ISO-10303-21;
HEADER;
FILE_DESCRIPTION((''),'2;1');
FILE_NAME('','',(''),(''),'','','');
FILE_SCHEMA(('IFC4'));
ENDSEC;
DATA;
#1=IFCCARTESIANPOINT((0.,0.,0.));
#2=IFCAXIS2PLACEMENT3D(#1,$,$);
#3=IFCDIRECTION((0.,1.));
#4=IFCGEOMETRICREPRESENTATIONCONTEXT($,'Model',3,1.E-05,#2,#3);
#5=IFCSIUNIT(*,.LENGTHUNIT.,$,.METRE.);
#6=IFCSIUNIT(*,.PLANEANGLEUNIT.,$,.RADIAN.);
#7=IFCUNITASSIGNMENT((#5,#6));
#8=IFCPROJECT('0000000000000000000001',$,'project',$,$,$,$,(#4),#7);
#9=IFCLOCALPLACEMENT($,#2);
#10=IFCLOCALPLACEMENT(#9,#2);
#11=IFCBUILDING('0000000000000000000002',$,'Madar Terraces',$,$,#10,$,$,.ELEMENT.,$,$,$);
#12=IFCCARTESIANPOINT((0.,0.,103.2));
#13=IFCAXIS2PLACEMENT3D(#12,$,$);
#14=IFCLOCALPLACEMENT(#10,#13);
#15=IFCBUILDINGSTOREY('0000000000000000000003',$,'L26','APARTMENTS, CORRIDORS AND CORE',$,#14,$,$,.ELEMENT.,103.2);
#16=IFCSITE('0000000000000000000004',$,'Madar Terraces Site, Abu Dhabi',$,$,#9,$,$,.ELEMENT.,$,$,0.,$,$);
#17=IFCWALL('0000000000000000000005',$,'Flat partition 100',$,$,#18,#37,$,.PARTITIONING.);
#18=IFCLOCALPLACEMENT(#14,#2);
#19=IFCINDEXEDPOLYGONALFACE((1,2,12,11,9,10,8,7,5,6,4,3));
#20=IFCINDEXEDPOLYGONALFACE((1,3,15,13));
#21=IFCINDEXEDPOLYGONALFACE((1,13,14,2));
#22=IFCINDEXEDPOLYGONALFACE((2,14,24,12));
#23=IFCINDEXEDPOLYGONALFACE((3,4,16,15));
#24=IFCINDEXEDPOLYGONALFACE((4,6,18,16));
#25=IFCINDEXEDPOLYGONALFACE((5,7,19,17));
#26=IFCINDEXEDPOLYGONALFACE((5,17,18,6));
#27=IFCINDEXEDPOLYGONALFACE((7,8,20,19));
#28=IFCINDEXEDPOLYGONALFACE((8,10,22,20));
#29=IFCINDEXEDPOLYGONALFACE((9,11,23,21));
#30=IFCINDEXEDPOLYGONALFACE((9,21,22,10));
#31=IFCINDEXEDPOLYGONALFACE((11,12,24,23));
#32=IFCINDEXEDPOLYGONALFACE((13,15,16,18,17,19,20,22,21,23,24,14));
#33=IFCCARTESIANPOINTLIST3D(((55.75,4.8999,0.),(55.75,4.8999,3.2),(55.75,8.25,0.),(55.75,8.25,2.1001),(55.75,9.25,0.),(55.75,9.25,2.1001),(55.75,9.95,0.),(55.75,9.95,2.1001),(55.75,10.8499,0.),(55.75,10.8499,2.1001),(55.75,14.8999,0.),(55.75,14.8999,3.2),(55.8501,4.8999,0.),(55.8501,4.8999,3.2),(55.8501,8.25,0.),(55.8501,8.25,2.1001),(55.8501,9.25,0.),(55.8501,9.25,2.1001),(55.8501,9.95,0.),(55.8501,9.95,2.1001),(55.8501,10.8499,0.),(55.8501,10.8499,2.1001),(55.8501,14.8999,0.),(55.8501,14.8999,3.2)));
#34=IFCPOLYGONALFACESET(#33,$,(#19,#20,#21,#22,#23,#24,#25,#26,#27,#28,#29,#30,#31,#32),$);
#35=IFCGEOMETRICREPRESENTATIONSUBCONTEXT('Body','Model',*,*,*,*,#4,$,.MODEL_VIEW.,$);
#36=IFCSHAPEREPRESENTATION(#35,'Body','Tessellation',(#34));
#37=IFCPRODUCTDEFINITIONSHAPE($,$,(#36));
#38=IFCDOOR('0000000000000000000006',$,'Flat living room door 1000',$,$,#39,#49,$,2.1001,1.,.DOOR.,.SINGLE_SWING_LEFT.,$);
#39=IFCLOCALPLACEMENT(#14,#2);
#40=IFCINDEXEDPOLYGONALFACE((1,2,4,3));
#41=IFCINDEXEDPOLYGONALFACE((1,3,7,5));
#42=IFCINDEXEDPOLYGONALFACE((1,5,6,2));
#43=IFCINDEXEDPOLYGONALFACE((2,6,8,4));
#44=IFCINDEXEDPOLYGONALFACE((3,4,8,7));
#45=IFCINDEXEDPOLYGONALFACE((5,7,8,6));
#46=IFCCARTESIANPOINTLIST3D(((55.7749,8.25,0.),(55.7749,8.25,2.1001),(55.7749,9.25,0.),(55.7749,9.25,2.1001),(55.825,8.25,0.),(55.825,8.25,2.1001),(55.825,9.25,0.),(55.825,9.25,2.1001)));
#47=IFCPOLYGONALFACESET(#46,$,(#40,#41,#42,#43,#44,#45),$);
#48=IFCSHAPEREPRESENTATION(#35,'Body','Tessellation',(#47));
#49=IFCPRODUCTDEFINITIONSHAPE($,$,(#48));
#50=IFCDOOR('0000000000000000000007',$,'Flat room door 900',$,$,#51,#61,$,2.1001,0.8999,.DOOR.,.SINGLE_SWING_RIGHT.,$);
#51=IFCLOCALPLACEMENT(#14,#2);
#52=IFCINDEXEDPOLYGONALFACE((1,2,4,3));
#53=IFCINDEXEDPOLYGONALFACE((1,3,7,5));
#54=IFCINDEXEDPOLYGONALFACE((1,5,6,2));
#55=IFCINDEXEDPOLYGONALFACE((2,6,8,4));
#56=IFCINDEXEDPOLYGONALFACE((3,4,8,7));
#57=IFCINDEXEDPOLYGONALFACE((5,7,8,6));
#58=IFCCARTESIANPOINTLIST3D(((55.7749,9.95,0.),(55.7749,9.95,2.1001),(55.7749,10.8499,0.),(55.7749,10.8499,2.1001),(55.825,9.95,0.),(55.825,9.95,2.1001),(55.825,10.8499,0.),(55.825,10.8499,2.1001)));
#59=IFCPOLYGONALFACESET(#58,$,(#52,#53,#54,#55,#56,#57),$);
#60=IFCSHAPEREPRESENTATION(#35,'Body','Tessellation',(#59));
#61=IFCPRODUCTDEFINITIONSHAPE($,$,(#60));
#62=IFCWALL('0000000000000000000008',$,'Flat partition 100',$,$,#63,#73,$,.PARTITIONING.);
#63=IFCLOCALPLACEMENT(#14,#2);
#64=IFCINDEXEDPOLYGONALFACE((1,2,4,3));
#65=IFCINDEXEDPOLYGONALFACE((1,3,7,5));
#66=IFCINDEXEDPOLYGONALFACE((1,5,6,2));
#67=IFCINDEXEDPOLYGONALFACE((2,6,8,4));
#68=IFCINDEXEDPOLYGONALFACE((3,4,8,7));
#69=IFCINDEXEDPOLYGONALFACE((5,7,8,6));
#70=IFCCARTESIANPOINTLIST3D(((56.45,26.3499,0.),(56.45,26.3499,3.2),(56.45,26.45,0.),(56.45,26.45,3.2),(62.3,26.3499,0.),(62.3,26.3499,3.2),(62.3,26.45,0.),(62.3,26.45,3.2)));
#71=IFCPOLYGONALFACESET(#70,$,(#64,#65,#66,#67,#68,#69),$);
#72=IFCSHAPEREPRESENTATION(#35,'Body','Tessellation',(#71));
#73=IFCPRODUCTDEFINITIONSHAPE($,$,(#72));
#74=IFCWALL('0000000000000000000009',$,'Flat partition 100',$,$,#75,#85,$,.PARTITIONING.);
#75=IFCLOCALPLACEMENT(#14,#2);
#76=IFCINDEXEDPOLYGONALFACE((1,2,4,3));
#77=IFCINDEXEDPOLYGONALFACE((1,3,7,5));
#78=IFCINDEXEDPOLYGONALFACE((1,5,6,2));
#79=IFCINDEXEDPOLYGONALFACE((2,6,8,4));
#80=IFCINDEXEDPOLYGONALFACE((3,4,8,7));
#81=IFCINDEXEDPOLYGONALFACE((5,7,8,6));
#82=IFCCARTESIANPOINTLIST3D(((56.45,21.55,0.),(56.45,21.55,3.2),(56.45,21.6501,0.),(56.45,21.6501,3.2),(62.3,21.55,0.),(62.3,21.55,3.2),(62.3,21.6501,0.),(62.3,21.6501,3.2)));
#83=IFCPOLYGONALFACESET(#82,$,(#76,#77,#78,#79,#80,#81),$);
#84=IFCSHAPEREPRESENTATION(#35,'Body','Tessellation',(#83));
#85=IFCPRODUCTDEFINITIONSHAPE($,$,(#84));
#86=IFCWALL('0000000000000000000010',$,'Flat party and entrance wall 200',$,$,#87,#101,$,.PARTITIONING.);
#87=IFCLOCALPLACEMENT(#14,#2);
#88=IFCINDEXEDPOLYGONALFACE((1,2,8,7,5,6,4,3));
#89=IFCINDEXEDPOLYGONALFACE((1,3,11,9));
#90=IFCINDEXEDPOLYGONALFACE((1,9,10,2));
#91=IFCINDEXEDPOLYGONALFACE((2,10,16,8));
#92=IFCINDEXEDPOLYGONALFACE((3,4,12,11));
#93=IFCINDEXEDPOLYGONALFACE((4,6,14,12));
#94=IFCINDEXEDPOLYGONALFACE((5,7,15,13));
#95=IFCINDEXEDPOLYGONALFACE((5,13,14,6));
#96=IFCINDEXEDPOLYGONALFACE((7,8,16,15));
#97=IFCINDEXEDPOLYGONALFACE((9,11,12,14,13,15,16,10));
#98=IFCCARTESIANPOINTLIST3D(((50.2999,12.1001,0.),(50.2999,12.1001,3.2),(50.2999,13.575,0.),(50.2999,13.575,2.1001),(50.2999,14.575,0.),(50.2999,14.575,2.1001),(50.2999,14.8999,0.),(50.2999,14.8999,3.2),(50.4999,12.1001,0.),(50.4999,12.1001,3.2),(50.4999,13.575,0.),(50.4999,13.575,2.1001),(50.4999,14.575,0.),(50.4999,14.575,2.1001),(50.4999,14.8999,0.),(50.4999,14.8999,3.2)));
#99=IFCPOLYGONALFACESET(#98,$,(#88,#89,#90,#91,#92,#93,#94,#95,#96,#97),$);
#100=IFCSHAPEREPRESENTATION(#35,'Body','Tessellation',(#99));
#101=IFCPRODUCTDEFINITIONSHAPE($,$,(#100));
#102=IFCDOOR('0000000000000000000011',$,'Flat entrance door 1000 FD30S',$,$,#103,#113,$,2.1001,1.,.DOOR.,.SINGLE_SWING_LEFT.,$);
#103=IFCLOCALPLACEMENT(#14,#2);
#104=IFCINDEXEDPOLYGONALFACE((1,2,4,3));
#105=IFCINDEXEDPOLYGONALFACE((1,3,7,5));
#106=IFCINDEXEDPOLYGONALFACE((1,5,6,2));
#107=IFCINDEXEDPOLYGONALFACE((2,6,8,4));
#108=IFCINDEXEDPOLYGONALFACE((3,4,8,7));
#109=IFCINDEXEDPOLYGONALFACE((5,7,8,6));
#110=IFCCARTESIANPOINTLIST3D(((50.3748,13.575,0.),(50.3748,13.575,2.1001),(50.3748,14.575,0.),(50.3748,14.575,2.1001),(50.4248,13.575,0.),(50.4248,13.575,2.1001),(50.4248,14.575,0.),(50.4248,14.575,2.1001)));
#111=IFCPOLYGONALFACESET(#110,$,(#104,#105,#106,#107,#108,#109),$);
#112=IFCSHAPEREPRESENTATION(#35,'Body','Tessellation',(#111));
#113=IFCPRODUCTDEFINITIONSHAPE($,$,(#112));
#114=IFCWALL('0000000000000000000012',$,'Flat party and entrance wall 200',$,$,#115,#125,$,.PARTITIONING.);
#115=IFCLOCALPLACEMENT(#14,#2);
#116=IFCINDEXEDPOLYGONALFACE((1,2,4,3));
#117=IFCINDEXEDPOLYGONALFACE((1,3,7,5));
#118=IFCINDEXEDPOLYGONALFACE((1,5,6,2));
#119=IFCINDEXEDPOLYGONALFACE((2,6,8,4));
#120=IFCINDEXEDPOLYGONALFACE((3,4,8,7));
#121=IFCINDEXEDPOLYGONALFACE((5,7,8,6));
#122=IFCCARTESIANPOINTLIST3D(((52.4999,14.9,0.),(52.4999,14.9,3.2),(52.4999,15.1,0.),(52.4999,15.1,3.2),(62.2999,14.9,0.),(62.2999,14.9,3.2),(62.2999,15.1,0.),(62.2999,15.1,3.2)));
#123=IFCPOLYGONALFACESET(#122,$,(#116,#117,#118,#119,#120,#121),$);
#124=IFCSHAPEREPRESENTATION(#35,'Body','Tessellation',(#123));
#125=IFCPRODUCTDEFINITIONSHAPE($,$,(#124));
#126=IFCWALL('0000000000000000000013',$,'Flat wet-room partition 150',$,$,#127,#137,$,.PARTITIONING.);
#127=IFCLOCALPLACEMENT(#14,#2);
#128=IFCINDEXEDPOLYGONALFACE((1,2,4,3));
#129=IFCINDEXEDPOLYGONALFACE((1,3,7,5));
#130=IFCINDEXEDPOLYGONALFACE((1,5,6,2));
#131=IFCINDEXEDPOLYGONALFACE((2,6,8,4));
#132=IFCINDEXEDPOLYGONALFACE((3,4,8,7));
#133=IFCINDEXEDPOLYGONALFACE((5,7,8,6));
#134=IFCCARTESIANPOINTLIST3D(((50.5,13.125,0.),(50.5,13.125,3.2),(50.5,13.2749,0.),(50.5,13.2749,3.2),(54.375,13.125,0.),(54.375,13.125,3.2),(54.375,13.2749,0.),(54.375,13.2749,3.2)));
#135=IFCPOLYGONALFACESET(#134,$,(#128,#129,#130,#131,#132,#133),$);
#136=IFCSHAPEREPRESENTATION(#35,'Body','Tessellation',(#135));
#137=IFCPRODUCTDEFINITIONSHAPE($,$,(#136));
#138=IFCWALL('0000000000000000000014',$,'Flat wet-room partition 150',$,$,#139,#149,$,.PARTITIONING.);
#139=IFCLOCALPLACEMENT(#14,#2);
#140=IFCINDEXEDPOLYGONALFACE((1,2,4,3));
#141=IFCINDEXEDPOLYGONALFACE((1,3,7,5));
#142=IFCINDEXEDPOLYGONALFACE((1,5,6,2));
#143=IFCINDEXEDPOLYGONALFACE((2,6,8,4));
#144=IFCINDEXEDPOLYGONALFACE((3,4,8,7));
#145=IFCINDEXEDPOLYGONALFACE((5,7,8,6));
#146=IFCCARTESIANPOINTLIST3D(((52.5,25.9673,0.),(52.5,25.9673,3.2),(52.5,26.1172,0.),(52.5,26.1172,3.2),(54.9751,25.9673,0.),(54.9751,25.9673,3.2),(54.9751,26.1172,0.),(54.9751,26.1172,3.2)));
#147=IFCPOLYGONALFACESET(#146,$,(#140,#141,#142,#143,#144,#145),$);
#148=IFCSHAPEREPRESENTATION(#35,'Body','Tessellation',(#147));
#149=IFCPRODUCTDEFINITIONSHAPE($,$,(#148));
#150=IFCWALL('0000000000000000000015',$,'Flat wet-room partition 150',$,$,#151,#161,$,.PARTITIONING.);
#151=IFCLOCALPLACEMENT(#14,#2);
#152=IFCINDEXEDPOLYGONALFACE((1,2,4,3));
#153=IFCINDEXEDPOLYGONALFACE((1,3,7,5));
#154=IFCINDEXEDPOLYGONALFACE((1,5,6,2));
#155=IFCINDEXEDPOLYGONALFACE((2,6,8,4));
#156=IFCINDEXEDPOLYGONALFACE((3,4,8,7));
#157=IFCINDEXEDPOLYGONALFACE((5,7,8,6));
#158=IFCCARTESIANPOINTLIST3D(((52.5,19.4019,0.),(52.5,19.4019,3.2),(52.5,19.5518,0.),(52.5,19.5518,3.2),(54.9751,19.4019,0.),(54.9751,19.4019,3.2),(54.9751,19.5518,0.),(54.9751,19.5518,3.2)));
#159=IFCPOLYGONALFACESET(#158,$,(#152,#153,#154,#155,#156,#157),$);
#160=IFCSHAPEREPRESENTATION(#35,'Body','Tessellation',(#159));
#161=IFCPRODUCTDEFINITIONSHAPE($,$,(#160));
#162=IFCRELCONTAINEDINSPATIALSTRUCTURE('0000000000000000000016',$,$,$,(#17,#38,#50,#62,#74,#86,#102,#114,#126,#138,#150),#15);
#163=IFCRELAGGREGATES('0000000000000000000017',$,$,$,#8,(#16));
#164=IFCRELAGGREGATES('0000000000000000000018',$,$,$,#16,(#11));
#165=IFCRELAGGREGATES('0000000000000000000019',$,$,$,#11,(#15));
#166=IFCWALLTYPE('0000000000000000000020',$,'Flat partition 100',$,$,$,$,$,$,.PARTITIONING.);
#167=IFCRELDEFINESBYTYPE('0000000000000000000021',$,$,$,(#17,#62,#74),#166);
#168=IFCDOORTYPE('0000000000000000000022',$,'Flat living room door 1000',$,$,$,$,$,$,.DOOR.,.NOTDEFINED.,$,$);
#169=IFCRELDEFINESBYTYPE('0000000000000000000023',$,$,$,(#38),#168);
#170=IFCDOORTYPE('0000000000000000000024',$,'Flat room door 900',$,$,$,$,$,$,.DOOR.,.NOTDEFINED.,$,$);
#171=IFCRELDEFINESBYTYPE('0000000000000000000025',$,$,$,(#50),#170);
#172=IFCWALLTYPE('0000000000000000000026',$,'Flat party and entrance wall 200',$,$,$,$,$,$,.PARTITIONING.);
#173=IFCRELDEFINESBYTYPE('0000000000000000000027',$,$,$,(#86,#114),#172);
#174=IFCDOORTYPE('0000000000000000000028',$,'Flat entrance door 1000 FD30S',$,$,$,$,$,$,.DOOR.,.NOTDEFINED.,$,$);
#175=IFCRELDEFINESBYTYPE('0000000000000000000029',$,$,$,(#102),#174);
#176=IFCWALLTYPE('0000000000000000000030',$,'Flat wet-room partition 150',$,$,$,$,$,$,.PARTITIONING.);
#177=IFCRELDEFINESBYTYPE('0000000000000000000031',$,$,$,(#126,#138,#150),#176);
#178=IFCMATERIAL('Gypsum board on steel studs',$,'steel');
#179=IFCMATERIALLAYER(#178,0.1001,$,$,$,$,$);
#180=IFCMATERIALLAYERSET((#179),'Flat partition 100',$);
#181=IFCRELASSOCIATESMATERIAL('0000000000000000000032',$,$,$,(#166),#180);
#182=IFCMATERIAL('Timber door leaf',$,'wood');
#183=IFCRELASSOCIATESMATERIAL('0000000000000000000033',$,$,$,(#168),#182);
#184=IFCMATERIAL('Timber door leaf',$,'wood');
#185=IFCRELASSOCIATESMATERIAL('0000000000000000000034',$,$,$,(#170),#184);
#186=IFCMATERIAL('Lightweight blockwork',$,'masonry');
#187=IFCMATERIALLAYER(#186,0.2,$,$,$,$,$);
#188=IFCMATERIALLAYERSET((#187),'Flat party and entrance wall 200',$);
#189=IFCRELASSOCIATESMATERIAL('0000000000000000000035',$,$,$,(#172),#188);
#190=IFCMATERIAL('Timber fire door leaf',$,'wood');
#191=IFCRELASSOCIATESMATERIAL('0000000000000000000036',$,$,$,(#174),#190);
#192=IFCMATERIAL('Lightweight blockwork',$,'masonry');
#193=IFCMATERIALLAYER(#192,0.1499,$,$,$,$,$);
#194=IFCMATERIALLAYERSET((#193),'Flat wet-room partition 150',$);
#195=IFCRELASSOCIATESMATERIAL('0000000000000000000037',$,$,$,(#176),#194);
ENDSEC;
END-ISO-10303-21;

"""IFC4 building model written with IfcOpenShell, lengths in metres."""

from ifc_helpers import new_model, si_unit, direction, frame, frame_2d, origin, place, context, subcontext, project, spatial, rectangle, extrude, material, layer, layer_set, type_object, element, fill, save


model = new_model("IFC4")

# Units and contexts
model_context = context("Model", 3, precision=1e-05, world=origin(), true_north=direction((0.0, 1.0)))
body_context = subcontext(model_context, "Body", "Model", "MODEL_VIEW")
ifc_project = project(units=[si_unit("LENGTHUNIT", "METRE"), si_unit("PLANEANGLEUNIT", "RADIAN")], contexts=[model_context])

# Site, building, storey
site_placement = place(None, origin())
site = spatial("IfcSite", under=ifc_project, at=site_placement, Name="Madar Terraces Site, Abu Dhabi", CompositionType="ELEMENT", RefElevation=0.0)
building_placement = place(site_placement, origin())
building = spatial("IfcBuilding", under=site, at=building_placement, Name="Madar Terraces", CompositionType="ELEMENT")
storey_placement = place(building_placement, frame((0.0, 0.0, 103.2)))
storey = spatial("IfcBuildingStorey", under=building, at=storey_placement, Name="L26", Description="APARTMENTS, CORRIDORS AND CORE", CompositionType="ELEMENT", Elevation=103.2)

# Wall, openings, doors
ifc_material_1 = material(Name="Gypsum board on steel studs", Category="steel")
ifc_layer_1 = layer(ifc_material_1, 0.1001)
ifc_layer_set_1 = layer_set([ifc_layer_1], Name="Flat partition 100")
wall_type_1 = type_object("IfcWallType", Name="Flat partition 100", PredefinedType="PARTITIONING", material=ifc_layer_set_1)
wall_1_placement = place(storey_placement, frame((55.8, 14.8999, 0.0), z_axis=(0.0, 0.0, 1.0), x_axis=(0.0, -1.0, 0.0)))
wall_1 = element("IfcWall", 1, at=wall_1_placement, inside=storey, type_object=wall_type_1, Name="Flat partition 100", PredefinedType="PARTITIONING", context=body_context, shape_type="SweptSolid", body=[
    extrude(rectangle(XDim=10.0, YDim=0.1001, at=frame_2d((5.0, 0.0))), origin(), (0.0, 0.0, 1.0), 3.2),
])
opening_1_placement = place(wall_1_placement, frame((4.05, 0.0, 0.0)))
opening_1 = element("IfcOpeningElement", 2, at=opening_1_placement, cuts=wall_1, PredefinedType="OPENING", context=body_context, shape_type="SweptSolid", body=[
    extrude(rectangle(XDim=0.8999, YDim=2.1001, at=frame_2d((0.45, 1.05))), frame((0.0, 0.0601, 0.0), z_axis=(0.0, -1.0, 0.0), x_axis=(1.0, 0.0, 0.0)), (0.0, 0.0, 1.0), 0.1201),
])
opening_2_placement = place(wall_1_placement, frame((5.6499, 0.0, 0.0)))
opening_2 = element("IfcOpeningElement", 3, at=opening_2_placement, cuts=wall_1, PredefinedType="OPENING", context=body_context, shape_type="SweptSolid", body=[
    extrude(rectangle(XDim=1.0, YDim=2.1001, at=frame_2d((0.5, 1.05))), frame((0.0, 0.0601, 0.0), z_axis=(0.0, -1.0, 0.0), x_axis=(1.0, 0.0, 0.0)), (0.0, 0.0, 1.0), 0.1201),
])
ifc_material_2 = material(Name="Timber door leaf", Category="wood")
door_type_1 = type_object("IfcDoorType", Name="Flat living room door 1000", OperationType="NOTDEFINED", PredefinedType="DOOR", material=ifc_material_2)
door_1_placement = place(opening_2_placement, origin())
door_1 = element("IfcDoor", 4, at=door_1_placement, inside=storey, type_object=door_type_1, Name="Flat living room door 1000", OperationType="SINGLE_SWING_LEFT", OverallHeight=2.1001, OverallWidth=1.0, PredefinedType="DOOR", context=body_context, shape_type="SweptSolid", body=[
    extrude(rectangle(XDim=1.0, YDim=2.1001, at=frame_2d((0.5, 1.05))), frame((0.0, 0.0249, 0.0), z_axis=(0.0, -1.0, 0.0), x_axis=(1.0, 0.0, 0.0)), (0.0, 0.0, 1.0), 0.05),
])
fill(opening_2, door_1)
ifc_material_3 = material(Name="Timber door leaf", Category="wood")
door_type_2 = type_object("IfcDoorType", Name="Flat room door 900", OperationType="NOTDEFINED", PredefinedType="DOOR", material=ifc_material_3)
door_2_placement = place(opening_1_placement, origin())
door_2 = element("IfcDoor", 5, at=door_2_placement, inside=storey, type_object=door_type_2, Name="Flat room door 900", OperationType="SINGLE_SWING_RIGHT", OverallHeight=2.1001, OverallWidth=0.8999, PredefinedType="DOOR", context=body_context, shape_type="SweptSolid", body=[
    extrude(rectangle(XDim=0.8999, YDim=2.1001, at=frame_2d((0.45, 1.05))), frame((0.0, 0.0249, 0.0), z_axis=(0.0, -1.0, 0.0), x_axis=(1.0, 0.0, 0.0)), (0.0, 0.0, 1.0), 0.05),
])
fill(opening_1, door_2)

# Walls
for number, where, z_axis, x_axis, name in (
    (6, (56.45, 26.3999, 0.0), (0.0, 0.0, 1.0), (1.0, 0.0, 0.0), "Flat partition 100"),
    (7, (56.45, 21.6001, 0.0), (0.0, 0.0, 1.0), (1.0, 0.0, 0.0), "Flat partition 100"),
):
    element("IfcWall", number, at=place(storey_placement, frame(where, z_axis=z_axis, x_axis=x_axis)), inside=storey, type_object=wall_type_1, Name=name, PredefinedType="PARTITIONING", context=body_context, shape_type="SweptSolid", body=[
        extrude(rectangle(XDim=5.8501, YDim=0.1001, at=frame_2d((2.925, 0.0))), origin(), (0.0, 0.0, 1.0), 3.2),
    ])

# Wall, opening, door
ifc_material_4 = material(Name="Lightweight blockwork", Category="masonry")
ifc_layer_2 = layer(ifc_material_4, 0.2)
ifc_layer_set_2 = layer_set([ifc_layer_2], Name="Flat party and entrance wall 200")
wall_type_2 = type_object("IfcWallType", Name="Flat party and entrance wall 200", PredefinedType="PARTITIONING", material=ifc_layer_set_2)
wall_2_placement = place(storey_placement, frame((50.3999, 14.8999, 0.0), z_axis=(0.0, 0.0, 1.0), x_axis=(0.0, -1.0, 0.0)))
wall_2 = element("IfcWall", 8, at=wall_2_placement, inside=storey, type_object=wall_type_2, Name="Flat party and entrance wall 200", PredefinedType="PARTITIONING", context=body_context, shape_type="SweptSolid", body=[
    extrude(rectangle(XDim=2.7998, YDim=0.2, at=frame_2d((1.3999, 0.0))), origin(), (0.0, 0.0, 1.0), 3.2),
])
opening_3_placement = place(wall_2_placement, frame((0.325, 0.0, 0.0)))
opening_3 = element("IfcOpeningElement", 9, at=opening_3_placement, cuts=wall_2, PredefinedType="OPENING", context=body_context, shape_type="SweptSolid", body=[
    extrude(rectangle(XDim=1.0, YDim=2.1001, at=frame_2d((0.5, 1.05))), frame((0.0, 0.1099, 0.0), z_axis=(0.0, -1.0, 0.0), x_axis=(1.0, 0.0, 0.0)), (0.0, 0.0, 1.0), 0.22),
])
ifc_material_5 = material(Name="Timber fire door leaf", Category="wood")
door_type_3 = type_object("IfcDoorType", Name="Flat entrance door 1000 FD30S", OperationType="NOTDEFINED", PredefinedType="DOOR", material=ifc_material_5)
door_3_placement = place(opening_3_placement, origin())
door_3 = element("IfcDoor", 10, at=door_3_placement, inside=storey, type_object=door_type_3, Name="Flat entrance door 1000 FD30S", OperationType="SINGLE_SWING_LEFT", OverallHeight=2.1001, OverallWidth=1.0, PredefinedType="DOOR", context=body_context, shape_type="SweptSolid", body=[
    extrude(rectangle(XDim=1.0, YDim=2.1001, at=frame_2d((0.5, 1.05))), frame((0.0, 0.0249, 0.0), z_axis=(0.0, -1.0, 0.0), x_axis=(1.0, 0.0, 0.0)), (0.0, 0.0, 1.0), 0.05),
])
fill(opening_3, door_3)

# Walls
wall_3_placement = place(storey_placement, frame((52.5, 15.0, 0.0), z_axis=(0.0, 0.0, 1.0), x_axis=(1.0, 0.0, 0.0)))
element("IfcWall", 11, at=wall_3_placement, inside=storey, type_object=wall_type_2, Name="Flat party and entrance wall 200", PredefinedType="PARTITIONING", context=body_context, shape_type="SweptSolid", body=[
    extrude(rectangle(XDim=9.8, YDim=0.2, at=frame_2d((4.8999, 0.0))), origin(), (0.0, 0.0, 1.0), 3.2),
])
ifc_material_6 = material(Name="Lightweight blockwork", Category="masonry")
ifc_layer_3 = layer(ifc_material_6, 0.1499)
ifc_layer_set_3 = layer_set([ifc_layer_3], Name="Flat wet-room partition 150")
wall_type_3 = type_object("IfcWallType", Name="Flat wet-room partition 150", PredefinedType="PARTITIONING", material=ifc_layer_set_3)
wall_4_placement = place(storey_placement, frame((50.5, 13.2, 0.0), z_axis=(0.0, 0.0, 1.0), x_axis=(1.0, 0.0, 0.0)))
element("IfcWall", 12, at=wall_4_placement, inside=storey, type_object=wall_type_3, Name="Flat wet-room partition 150", PredefinedType="PARTITIONING", context=body_context, shape_type="SweptSolid", body=[
    extrude(rectangle(XDim=3.875, YDim=0.1499, at=frame_2d((1.9375, 0.0))), origin(), (0.0, 0.0, 1.0), 3.2),
])
for number, where, z_axis, x_axis, name in (
    (13, (52.5, 26.0422, 0.0), (0.0, 0.0, 1.0), (1.0, 0.0, 0.0), "Flat wet-room partition 150"),
    (14, (52.5, 19.4768, 0.0), (0.0, 0.0, 1.0), (1.0, 0.0, 0.0), "Flat wet-room partition 150"),
):
    element("IfcWall", number, at=place(storey_placement, frame(where, z_axis=z_axis, x_axis=x_axis)), inside=storey, type_object=wall_type_3, Name=name, PredefinedType="PARTITIONING", context=body_context, shape_type="SweptSolid", body=[
        extrude(rectangle(XDim=2.4751, YDim=0.1499, at=frame_2d((1.2375, 0.0))), origin(), (0.0, 0.0, 1.0), 3.2),
    ])

save(model, "model.ifc")
